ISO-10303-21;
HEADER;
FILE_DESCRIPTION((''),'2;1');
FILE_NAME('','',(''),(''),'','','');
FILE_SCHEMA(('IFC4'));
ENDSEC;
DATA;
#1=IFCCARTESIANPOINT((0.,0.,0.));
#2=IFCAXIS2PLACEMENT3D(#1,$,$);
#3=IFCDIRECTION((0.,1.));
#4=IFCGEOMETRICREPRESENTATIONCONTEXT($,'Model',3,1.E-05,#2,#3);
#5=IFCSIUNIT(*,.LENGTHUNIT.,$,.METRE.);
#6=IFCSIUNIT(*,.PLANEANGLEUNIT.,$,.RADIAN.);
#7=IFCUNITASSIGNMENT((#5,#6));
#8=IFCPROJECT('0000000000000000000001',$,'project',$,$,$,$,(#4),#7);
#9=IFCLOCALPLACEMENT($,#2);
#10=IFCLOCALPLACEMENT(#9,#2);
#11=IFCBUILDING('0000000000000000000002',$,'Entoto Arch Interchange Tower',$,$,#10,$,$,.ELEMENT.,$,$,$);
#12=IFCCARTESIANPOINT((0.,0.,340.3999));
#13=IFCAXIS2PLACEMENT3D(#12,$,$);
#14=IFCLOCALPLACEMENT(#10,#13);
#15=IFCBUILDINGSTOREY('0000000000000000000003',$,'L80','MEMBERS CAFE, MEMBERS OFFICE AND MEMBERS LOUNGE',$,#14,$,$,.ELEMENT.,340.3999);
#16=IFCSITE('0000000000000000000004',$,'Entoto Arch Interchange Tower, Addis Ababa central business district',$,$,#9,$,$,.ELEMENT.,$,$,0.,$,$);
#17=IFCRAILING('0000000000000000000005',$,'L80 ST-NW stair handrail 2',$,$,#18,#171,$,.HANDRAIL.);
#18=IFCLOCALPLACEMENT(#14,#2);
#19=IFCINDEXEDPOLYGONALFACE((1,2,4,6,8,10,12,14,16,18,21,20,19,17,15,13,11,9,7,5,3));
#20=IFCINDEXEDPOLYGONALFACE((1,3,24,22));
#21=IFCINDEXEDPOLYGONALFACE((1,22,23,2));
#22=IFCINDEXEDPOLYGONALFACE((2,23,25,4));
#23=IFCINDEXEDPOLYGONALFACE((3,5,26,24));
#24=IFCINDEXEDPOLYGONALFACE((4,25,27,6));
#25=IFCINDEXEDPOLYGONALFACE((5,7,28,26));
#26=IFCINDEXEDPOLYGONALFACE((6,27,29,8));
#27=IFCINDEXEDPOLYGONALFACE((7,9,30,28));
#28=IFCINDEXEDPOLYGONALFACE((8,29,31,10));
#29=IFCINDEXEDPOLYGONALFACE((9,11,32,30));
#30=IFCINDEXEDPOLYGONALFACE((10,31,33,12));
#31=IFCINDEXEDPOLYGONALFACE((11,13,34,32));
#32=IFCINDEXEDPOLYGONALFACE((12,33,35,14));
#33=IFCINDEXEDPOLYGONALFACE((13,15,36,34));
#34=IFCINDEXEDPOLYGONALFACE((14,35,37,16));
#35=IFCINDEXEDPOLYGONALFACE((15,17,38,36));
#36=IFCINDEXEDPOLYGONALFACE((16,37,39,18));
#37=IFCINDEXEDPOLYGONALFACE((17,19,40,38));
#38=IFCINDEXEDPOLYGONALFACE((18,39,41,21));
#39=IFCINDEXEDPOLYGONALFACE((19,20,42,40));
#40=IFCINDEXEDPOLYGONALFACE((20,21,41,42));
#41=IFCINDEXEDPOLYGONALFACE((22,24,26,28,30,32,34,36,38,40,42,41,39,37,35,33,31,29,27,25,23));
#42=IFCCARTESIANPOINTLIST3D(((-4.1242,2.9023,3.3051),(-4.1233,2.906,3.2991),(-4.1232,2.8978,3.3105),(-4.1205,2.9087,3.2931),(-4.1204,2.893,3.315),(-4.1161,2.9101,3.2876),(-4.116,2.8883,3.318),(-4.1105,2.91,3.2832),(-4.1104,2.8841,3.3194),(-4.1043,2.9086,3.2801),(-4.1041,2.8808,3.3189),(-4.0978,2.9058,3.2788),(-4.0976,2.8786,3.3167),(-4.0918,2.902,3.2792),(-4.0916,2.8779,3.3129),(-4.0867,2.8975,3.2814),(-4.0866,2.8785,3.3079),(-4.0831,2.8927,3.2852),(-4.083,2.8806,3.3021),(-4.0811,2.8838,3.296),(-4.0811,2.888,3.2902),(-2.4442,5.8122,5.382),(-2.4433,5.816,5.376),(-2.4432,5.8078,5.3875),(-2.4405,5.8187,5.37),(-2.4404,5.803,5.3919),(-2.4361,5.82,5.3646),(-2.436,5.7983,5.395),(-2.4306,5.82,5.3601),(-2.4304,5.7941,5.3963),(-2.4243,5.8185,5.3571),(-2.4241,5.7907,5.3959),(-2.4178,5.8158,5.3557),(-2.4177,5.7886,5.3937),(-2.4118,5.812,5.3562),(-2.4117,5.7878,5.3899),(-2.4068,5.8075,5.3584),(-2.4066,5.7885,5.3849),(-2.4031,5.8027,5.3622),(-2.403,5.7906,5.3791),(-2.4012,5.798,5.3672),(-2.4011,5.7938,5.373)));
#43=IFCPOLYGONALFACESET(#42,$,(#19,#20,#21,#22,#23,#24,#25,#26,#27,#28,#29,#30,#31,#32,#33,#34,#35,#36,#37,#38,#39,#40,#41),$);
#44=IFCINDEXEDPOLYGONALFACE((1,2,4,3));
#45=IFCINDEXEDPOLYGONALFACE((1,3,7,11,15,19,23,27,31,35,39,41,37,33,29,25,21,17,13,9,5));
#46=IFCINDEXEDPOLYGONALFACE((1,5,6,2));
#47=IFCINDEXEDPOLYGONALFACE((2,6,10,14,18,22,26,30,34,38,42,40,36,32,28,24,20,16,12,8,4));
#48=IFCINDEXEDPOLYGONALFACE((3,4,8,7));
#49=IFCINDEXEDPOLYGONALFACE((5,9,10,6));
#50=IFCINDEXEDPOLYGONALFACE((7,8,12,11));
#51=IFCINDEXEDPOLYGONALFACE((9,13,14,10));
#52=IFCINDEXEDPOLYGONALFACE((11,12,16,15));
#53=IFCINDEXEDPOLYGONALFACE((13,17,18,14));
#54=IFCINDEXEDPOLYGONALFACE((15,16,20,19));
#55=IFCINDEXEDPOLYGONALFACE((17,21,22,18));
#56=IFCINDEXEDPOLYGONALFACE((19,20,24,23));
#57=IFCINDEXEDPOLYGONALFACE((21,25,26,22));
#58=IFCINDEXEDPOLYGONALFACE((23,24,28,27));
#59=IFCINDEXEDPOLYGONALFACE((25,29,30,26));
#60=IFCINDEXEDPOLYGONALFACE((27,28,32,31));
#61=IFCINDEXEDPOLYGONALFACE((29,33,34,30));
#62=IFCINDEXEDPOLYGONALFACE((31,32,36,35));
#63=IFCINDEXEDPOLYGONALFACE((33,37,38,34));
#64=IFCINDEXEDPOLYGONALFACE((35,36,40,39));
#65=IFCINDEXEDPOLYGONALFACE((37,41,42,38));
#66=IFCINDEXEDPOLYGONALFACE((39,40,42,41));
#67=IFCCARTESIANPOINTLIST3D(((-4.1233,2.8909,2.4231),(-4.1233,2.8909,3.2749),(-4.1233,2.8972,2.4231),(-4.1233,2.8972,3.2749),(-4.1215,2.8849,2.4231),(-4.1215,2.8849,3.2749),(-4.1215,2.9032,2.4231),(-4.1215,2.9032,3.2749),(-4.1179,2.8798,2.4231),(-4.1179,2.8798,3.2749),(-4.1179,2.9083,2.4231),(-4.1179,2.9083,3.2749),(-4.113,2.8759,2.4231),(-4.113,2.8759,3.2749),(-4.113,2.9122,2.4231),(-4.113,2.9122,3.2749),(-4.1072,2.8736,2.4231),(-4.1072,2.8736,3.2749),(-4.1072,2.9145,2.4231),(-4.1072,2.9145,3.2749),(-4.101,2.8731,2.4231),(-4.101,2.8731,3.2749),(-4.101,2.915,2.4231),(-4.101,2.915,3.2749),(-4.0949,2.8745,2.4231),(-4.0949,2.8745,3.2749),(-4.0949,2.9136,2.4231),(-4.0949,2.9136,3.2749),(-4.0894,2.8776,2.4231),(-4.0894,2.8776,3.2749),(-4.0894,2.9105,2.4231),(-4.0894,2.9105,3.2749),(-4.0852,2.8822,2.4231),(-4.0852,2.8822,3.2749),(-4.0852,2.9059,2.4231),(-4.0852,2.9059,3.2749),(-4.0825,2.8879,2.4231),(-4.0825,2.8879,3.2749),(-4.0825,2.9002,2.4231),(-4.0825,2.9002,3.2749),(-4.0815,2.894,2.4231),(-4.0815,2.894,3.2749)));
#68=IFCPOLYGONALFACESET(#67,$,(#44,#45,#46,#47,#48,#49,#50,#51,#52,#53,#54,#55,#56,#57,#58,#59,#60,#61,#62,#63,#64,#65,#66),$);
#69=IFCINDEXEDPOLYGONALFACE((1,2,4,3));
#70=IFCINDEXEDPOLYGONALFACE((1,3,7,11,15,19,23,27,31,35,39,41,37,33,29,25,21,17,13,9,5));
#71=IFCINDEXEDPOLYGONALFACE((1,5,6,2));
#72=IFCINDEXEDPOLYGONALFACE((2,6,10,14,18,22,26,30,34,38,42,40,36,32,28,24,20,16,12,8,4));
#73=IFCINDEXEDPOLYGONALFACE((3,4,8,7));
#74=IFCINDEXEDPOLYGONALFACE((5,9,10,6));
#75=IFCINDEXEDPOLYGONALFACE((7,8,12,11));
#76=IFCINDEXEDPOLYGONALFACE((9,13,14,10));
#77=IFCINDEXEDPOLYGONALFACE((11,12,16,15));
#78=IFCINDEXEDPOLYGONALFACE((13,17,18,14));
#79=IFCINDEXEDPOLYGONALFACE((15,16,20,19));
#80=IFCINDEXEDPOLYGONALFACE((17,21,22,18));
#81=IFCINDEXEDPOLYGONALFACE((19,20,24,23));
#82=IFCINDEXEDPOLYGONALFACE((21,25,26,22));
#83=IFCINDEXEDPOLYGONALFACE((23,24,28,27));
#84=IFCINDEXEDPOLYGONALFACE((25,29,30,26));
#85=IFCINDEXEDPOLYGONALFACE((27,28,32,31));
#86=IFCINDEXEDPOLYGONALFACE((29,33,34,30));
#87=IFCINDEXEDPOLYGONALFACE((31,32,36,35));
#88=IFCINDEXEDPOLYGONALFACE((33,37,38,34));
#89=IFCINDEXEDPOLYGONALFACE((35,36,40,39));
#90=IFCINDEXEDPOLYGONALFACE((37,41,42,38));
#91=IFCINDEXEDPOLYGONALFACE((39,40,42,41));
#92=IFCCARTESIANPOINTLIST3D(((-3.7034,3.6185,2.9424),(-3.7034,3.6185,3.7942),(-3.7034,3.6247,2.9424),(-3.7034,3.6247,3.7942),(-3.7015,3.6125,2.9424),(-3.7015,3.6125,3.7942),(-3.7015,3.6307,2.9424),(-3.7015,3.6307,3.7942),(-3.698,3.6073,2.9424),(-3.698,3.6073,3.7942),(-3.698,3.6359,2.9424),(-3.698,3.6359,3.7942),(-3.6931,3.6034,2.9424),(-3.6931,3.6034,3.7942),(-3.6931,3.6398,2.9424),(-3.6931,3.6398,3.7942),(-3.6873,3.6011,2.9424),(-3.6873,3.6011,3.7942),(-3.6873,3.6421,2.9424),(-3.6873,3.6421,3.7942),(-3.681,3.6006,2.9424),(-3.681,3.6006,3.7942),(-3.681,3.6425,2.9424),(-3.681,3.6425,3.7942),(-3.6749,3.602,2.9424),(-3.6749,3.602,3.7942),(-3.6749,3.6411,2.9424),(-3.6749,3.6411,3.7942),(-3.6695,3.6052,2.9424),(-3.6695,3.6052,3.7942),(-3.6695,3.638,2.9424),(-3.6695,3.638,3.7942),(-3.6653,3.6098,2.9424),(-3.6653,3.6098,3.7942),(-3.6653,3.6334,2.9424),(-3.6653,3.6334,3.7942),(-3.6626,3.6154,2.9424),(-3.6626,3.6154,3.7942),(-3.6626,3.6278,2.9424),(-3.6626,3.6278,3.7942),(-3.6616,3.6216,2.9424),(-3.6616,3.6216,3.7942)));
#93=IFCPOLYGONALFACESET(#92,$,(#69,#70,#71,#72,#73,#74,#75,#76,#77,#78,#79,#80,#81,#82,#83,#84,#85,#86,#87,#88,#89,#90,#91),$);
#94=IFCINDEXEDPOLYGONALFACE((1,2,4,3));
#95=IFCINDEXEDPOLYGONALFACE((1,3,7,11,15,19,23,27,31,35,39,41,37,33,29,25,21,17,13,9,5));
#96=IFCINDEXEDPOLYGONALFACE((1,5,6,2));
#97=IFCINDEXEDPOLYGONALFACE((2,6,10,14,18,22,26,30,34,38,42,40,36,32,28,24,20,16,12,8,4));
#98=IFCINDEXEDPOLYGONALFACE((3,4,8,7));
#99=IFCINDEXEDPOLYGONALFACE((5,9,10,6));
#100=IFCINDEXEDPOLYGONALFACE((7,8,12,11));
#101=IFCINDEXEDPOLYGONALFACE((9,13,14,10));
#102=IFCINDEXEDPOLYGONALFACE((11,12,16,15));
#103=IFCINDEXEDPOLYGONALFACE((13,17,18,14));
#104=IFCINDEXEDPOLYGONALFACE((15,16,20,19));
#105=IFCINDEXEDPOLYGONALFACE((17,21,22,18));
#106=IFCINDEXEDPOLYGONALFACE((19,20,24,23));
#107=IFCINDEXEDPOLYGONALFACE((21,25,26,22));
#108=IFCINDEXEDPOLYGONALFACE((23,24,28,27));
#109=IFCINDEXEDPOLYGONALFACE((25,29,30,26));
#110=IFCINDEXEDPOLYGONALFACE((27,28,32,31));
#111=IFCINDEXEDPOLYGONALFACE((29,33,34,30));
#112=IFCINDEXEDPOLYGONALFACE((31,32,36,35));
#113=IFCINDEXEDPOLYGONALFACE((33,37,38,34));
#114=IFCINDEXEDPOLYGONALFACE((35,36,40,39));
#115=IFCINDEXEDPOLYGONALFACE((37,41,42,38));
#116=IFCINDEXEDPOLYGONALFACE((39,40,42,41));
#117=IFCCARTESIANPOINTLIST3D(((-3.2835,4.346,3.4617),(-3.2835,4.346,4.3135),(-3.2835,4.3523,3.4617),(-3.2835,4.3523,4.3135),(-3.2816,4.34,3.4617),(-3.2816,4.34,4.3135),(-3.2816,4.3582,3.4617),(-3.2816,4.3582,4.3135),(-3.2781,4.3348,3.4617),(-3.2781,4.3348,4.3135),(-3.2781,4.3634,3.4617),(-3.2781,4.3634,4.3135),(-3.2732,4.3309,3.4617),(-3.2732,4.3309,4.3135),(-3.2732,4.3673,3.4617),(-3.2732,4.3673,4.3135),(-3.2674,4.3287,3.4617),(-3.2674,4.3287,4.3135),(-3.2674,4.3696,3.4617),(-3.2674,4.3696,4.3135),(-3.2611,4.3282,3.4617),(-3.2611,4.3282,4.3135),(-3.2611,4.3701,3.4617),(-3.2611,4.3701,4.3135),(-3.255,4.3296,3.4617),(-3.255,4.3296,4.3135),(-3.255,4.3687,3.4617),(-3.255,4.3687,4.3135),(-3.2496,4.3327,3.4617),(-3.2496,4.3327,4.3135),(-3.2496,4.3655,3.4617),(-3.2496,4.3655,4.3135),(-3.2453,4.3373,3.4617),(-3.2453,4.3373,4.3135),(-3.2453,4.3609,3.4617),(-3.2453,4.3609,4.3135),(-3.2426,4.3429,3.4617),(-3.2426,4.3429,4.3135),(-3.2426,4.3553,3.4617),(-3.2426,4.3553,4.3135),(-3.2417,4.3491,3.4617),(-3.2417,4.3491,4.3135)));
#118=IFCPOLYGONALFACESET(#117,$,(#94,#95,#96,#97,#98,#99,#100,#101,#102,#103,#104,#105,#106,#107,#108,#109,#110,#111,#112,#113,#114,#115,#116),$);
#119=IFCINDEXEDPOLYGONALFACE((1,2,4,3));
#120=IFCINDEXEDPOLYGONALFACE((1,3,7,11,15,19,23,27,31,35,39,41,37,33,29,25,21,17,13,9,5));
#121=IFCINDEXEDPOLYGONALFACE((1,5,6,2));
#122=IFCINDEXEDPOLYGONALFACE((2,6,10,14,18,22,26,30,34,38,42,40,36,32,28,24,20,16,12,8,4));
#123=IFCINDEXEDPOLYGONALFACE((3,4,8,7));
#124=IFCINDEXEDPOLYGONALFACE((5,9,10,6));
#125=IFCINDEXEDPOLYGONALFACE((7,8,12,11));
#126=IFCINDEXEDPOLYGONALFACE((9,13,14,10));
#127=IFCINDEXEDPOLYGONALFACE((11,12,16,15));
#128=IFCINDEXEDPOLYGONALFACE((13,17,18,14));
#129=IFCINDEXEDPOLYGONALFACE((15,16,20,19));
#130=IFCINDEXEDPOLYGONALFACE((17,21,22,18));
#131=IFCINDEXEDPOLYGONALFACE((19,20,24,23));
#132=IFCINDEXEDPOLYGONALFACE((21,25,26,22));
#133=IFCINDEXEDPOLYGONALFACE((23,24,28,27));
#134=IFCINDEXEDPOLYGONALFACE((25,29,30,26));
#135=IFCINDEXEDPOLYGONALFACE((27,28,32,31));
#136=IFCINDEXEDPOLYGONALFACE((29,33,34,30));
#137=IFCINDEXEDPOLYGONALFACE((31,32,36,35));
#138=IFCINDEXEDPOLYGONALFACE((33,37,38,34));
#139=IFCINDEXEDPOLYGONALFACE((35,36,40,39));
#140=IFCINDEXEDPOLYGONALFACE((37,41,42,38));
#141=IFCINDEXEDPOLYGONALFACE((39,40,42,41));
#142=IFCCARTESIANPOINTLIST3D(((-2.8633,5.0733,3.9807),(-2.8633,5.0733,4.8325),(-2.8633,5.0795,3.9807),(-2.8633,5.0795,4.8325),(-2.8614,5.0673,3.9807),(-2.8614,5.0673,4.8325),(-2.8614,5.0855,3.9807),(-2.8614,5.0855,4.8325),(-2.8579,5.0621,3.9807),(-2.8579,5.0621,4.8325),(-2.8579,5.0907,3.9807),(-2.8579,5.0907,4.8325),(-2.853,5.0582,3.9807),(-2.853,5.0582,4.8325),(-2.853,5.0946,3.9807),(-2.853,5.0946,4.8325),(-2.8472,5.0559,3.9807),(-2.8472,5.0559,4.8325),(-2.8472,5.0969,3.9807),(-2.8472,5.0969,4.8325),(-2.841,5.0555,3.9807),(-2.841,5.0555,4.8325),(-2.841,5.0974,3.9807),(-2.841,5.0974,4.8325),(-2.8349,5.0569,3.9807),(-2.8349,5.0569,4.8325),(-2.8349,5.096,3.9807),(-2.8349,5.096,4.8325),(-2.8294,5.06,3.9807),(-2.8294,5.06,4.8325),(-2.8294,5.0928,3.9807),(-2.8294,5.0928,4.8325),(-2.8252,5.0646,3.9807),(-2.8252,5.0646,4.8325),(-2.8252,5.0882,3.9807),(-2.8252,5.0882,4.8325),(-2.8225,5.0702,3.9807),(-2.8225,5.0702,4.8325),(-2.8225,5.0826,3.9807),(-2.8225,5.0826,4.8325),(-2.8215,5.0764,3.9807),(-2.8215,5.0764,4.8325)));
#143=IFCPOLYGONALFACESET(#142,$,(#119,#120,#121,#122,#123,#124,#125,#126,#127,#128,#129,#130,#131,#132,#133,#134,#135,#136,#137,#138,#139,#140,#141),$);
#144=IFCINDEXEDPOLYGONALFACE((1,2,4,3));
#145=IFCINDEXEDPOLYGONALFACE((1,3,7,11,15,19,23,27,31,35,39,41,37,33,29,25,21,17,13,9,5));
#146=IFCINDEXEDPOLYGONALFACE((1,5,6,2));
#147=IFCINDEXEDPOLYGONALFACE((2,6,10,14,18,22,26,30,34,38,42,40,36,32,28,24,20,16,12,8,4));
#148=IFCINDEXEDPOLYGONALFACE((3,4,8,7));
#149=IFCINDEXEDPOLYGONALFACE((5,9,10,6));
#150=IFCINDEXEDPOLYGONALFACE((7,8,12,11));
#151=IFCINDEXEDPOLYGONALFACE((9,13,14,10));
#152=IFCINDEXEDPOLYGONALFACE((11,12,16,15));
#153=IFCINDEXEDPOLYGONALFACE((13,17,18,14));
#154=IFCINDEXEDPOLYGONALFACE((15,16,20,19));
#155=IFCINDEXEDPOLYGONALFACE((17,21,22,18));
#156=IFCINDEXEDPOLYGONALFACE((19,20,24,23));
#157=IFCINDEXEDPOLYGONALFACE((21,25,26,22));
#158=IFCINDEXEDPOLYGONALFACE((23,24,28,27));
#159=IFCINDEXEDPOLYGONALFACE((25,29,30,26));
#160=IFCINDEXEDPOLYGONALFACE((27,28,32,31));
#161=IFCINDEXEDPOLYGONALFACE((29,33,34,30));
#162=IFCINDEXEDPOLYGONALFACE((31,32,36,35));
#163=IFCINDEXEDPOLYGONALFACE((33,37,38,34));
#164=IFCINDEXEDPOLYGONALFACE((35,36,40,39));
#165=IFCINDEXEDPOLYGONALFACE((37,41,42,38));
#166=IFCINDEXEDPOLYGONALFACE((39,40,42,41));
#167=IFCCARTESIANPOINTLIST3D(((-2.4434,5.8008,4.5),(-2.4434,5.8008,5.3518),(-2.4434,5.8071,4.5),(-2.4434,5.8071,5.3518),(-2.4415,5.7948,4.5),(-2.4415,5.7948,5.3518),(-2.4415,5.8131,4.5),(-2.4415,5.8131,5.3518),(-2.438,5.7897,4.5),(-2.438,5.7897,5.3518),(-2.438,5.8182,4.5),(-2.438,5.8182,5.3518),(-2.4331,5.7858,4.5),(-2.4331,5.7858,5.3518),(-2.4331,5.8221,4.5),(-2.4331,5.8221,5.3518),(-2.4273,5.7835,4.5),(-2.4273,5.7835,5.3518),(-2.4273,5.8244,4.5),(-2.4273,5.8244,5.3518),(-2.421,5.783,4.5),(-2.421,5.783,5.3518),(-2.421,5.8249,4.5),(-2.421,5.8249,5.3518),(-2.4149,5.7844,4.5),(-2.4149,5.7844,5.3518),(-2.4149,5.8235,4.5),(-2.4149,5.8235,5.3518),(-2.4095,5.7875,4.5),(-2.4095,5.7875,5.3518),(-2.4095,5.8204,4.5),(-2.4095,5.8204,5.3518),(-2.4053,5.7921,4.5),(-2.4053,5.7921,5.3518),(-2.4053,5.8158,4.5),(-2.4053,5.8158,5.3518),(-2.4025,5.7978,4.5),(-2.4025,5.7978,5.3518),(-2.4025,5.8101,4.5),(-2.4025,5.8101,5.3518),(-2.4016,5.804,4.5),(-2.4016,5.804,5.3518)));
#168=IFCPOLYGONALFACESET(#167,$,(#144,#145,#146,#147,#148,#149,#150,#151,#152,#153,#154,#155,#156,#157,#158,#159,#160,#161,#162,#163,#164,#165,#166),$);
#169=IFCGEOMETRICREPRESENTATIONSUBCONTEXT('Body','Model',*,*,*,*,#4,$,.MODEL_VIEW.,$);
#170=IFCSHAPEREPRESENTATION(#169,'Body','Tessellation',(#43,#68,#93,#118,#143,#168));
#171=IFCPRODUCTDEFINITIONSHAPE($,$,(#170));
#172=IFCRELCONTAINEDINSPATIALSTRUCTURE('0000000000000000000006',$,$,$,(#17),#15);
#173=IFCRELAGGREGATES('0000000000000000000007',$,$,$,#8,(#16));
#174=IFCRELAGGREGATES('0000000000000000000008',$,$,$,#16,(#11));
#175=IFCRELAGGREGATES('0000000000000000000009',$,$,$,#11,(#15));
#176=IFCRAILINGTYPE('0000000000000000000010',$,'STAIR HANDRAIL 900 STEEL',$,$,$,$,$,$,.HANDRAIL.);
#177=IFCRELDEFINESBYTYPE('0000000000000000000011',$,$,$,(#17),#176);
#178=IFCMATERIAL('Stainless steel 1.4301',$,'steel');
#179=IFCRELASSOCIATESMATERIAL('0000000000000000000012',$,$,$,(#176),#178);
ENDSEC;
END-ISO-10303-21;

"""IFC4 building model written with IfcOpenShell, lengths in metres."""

from ifc_helpers import new_model, si_unit, direction, frame, origin, origin_2d, place, context, subcontext, project, spatial, circle, extrude, material, type_object, element, save


model = new_model("IFC4")

# Units and contexts
model_context = context("Model", 3, precision=1e-05, world=origin(), true_north=direction((0.0, 1.0)))
body_context = subcontext(model_context, "Body", "Model", "MODEL_VIEW")
ifc_project = project(units=[si_unit("LENGTHUNIT", "METRE"), si_unit("PLANEANGLEUNIT", "RADIAN")], contexts=[model_context])

# Site, building, storey
site_placement = place(None, origin())
site = spatial("IfcSite", under=ifc_project, at=site_placement, Name="Entoto Arch Interchange Tower, Addis Ababa central business district", CompositionType="ELEMENT", RefElevation=0.0)
building_placement = place(site_placement, origin())
building = spatial("IfcBuilding", under=site, at=building_placement, Name="Entoto Arch Interchange Tower", CompositionType="ELEMENT")
storey_placement = place(building_placement, frame((0.0, 0.0, 340.3999)))
storey = spatial("IfcBuildingStorey", under=building, at=storey_placement, Name="L80", Description="MEMBERS CAFE, MEMBERS OFFICE AND MEMBERS LOUNGE", CompositionType="ELEMENT", Elevation=340.3999)

# Railing
ifc_material_1 = material(Name="Stainless steel 1.4301", Category="steel")
railing_type_1 = type_object("IfcRailingType", Name="STAIR HANDRAIL 900 STEEL", PredefinedType="HANDRAIL", material=ifc_material_1)
railing_1_placement = place(storey_placement, frame((-4.1025, 2.894, 2.4231)))
element("IfcRailing", 1, at=railing_1_placement, inside=storey, type_object=railing_type_1, Name="L80 ST-NW stair handrail 2", PredefinedType="HANDRAIL", context=body_context, shape_type="SweptSolid", body=[
    extrude(circle(Radius=0.0239, at=origin_2d()), frame((0.0, 0.0, 0.876), z_axis=(0.425288, 0.736668, 0.525785), x_axis=(-0.866039, 0.499976, 0.0)), (0.0, 0.0, 1.0), 3.9502),
    extrude(circle(Radius=0.021, at=origin_2d()), origin(), (0.0, 0.0, 1.0), 0.8518),
    extrude(circle(Radius=0.021, at=origin_2d()), frame((0.4199, 0.7275, 0.5193)), (0.0, 0.0, 1.0), 0.8518),
    extrude(circle(Radius=0.021, at=origin_2d()), frame((0.8398, 1.4551, 1.0386)), (0.0, 0.0, 1.0), 0.8518),
    extrude(circle(Radius=0.021, at=origin_2d()), frame((1.26, 2.1824, 1.5576)), (0.0, 0.0, 1.0), 0.8518),
    extrude(circle(Radius=0.021, at=origin_2d()), frame((1.6799, 2.9099, 2.0769)), (0.0, 0.0, 1.0), 0.8518),
])

save(model, "model.ifc")
